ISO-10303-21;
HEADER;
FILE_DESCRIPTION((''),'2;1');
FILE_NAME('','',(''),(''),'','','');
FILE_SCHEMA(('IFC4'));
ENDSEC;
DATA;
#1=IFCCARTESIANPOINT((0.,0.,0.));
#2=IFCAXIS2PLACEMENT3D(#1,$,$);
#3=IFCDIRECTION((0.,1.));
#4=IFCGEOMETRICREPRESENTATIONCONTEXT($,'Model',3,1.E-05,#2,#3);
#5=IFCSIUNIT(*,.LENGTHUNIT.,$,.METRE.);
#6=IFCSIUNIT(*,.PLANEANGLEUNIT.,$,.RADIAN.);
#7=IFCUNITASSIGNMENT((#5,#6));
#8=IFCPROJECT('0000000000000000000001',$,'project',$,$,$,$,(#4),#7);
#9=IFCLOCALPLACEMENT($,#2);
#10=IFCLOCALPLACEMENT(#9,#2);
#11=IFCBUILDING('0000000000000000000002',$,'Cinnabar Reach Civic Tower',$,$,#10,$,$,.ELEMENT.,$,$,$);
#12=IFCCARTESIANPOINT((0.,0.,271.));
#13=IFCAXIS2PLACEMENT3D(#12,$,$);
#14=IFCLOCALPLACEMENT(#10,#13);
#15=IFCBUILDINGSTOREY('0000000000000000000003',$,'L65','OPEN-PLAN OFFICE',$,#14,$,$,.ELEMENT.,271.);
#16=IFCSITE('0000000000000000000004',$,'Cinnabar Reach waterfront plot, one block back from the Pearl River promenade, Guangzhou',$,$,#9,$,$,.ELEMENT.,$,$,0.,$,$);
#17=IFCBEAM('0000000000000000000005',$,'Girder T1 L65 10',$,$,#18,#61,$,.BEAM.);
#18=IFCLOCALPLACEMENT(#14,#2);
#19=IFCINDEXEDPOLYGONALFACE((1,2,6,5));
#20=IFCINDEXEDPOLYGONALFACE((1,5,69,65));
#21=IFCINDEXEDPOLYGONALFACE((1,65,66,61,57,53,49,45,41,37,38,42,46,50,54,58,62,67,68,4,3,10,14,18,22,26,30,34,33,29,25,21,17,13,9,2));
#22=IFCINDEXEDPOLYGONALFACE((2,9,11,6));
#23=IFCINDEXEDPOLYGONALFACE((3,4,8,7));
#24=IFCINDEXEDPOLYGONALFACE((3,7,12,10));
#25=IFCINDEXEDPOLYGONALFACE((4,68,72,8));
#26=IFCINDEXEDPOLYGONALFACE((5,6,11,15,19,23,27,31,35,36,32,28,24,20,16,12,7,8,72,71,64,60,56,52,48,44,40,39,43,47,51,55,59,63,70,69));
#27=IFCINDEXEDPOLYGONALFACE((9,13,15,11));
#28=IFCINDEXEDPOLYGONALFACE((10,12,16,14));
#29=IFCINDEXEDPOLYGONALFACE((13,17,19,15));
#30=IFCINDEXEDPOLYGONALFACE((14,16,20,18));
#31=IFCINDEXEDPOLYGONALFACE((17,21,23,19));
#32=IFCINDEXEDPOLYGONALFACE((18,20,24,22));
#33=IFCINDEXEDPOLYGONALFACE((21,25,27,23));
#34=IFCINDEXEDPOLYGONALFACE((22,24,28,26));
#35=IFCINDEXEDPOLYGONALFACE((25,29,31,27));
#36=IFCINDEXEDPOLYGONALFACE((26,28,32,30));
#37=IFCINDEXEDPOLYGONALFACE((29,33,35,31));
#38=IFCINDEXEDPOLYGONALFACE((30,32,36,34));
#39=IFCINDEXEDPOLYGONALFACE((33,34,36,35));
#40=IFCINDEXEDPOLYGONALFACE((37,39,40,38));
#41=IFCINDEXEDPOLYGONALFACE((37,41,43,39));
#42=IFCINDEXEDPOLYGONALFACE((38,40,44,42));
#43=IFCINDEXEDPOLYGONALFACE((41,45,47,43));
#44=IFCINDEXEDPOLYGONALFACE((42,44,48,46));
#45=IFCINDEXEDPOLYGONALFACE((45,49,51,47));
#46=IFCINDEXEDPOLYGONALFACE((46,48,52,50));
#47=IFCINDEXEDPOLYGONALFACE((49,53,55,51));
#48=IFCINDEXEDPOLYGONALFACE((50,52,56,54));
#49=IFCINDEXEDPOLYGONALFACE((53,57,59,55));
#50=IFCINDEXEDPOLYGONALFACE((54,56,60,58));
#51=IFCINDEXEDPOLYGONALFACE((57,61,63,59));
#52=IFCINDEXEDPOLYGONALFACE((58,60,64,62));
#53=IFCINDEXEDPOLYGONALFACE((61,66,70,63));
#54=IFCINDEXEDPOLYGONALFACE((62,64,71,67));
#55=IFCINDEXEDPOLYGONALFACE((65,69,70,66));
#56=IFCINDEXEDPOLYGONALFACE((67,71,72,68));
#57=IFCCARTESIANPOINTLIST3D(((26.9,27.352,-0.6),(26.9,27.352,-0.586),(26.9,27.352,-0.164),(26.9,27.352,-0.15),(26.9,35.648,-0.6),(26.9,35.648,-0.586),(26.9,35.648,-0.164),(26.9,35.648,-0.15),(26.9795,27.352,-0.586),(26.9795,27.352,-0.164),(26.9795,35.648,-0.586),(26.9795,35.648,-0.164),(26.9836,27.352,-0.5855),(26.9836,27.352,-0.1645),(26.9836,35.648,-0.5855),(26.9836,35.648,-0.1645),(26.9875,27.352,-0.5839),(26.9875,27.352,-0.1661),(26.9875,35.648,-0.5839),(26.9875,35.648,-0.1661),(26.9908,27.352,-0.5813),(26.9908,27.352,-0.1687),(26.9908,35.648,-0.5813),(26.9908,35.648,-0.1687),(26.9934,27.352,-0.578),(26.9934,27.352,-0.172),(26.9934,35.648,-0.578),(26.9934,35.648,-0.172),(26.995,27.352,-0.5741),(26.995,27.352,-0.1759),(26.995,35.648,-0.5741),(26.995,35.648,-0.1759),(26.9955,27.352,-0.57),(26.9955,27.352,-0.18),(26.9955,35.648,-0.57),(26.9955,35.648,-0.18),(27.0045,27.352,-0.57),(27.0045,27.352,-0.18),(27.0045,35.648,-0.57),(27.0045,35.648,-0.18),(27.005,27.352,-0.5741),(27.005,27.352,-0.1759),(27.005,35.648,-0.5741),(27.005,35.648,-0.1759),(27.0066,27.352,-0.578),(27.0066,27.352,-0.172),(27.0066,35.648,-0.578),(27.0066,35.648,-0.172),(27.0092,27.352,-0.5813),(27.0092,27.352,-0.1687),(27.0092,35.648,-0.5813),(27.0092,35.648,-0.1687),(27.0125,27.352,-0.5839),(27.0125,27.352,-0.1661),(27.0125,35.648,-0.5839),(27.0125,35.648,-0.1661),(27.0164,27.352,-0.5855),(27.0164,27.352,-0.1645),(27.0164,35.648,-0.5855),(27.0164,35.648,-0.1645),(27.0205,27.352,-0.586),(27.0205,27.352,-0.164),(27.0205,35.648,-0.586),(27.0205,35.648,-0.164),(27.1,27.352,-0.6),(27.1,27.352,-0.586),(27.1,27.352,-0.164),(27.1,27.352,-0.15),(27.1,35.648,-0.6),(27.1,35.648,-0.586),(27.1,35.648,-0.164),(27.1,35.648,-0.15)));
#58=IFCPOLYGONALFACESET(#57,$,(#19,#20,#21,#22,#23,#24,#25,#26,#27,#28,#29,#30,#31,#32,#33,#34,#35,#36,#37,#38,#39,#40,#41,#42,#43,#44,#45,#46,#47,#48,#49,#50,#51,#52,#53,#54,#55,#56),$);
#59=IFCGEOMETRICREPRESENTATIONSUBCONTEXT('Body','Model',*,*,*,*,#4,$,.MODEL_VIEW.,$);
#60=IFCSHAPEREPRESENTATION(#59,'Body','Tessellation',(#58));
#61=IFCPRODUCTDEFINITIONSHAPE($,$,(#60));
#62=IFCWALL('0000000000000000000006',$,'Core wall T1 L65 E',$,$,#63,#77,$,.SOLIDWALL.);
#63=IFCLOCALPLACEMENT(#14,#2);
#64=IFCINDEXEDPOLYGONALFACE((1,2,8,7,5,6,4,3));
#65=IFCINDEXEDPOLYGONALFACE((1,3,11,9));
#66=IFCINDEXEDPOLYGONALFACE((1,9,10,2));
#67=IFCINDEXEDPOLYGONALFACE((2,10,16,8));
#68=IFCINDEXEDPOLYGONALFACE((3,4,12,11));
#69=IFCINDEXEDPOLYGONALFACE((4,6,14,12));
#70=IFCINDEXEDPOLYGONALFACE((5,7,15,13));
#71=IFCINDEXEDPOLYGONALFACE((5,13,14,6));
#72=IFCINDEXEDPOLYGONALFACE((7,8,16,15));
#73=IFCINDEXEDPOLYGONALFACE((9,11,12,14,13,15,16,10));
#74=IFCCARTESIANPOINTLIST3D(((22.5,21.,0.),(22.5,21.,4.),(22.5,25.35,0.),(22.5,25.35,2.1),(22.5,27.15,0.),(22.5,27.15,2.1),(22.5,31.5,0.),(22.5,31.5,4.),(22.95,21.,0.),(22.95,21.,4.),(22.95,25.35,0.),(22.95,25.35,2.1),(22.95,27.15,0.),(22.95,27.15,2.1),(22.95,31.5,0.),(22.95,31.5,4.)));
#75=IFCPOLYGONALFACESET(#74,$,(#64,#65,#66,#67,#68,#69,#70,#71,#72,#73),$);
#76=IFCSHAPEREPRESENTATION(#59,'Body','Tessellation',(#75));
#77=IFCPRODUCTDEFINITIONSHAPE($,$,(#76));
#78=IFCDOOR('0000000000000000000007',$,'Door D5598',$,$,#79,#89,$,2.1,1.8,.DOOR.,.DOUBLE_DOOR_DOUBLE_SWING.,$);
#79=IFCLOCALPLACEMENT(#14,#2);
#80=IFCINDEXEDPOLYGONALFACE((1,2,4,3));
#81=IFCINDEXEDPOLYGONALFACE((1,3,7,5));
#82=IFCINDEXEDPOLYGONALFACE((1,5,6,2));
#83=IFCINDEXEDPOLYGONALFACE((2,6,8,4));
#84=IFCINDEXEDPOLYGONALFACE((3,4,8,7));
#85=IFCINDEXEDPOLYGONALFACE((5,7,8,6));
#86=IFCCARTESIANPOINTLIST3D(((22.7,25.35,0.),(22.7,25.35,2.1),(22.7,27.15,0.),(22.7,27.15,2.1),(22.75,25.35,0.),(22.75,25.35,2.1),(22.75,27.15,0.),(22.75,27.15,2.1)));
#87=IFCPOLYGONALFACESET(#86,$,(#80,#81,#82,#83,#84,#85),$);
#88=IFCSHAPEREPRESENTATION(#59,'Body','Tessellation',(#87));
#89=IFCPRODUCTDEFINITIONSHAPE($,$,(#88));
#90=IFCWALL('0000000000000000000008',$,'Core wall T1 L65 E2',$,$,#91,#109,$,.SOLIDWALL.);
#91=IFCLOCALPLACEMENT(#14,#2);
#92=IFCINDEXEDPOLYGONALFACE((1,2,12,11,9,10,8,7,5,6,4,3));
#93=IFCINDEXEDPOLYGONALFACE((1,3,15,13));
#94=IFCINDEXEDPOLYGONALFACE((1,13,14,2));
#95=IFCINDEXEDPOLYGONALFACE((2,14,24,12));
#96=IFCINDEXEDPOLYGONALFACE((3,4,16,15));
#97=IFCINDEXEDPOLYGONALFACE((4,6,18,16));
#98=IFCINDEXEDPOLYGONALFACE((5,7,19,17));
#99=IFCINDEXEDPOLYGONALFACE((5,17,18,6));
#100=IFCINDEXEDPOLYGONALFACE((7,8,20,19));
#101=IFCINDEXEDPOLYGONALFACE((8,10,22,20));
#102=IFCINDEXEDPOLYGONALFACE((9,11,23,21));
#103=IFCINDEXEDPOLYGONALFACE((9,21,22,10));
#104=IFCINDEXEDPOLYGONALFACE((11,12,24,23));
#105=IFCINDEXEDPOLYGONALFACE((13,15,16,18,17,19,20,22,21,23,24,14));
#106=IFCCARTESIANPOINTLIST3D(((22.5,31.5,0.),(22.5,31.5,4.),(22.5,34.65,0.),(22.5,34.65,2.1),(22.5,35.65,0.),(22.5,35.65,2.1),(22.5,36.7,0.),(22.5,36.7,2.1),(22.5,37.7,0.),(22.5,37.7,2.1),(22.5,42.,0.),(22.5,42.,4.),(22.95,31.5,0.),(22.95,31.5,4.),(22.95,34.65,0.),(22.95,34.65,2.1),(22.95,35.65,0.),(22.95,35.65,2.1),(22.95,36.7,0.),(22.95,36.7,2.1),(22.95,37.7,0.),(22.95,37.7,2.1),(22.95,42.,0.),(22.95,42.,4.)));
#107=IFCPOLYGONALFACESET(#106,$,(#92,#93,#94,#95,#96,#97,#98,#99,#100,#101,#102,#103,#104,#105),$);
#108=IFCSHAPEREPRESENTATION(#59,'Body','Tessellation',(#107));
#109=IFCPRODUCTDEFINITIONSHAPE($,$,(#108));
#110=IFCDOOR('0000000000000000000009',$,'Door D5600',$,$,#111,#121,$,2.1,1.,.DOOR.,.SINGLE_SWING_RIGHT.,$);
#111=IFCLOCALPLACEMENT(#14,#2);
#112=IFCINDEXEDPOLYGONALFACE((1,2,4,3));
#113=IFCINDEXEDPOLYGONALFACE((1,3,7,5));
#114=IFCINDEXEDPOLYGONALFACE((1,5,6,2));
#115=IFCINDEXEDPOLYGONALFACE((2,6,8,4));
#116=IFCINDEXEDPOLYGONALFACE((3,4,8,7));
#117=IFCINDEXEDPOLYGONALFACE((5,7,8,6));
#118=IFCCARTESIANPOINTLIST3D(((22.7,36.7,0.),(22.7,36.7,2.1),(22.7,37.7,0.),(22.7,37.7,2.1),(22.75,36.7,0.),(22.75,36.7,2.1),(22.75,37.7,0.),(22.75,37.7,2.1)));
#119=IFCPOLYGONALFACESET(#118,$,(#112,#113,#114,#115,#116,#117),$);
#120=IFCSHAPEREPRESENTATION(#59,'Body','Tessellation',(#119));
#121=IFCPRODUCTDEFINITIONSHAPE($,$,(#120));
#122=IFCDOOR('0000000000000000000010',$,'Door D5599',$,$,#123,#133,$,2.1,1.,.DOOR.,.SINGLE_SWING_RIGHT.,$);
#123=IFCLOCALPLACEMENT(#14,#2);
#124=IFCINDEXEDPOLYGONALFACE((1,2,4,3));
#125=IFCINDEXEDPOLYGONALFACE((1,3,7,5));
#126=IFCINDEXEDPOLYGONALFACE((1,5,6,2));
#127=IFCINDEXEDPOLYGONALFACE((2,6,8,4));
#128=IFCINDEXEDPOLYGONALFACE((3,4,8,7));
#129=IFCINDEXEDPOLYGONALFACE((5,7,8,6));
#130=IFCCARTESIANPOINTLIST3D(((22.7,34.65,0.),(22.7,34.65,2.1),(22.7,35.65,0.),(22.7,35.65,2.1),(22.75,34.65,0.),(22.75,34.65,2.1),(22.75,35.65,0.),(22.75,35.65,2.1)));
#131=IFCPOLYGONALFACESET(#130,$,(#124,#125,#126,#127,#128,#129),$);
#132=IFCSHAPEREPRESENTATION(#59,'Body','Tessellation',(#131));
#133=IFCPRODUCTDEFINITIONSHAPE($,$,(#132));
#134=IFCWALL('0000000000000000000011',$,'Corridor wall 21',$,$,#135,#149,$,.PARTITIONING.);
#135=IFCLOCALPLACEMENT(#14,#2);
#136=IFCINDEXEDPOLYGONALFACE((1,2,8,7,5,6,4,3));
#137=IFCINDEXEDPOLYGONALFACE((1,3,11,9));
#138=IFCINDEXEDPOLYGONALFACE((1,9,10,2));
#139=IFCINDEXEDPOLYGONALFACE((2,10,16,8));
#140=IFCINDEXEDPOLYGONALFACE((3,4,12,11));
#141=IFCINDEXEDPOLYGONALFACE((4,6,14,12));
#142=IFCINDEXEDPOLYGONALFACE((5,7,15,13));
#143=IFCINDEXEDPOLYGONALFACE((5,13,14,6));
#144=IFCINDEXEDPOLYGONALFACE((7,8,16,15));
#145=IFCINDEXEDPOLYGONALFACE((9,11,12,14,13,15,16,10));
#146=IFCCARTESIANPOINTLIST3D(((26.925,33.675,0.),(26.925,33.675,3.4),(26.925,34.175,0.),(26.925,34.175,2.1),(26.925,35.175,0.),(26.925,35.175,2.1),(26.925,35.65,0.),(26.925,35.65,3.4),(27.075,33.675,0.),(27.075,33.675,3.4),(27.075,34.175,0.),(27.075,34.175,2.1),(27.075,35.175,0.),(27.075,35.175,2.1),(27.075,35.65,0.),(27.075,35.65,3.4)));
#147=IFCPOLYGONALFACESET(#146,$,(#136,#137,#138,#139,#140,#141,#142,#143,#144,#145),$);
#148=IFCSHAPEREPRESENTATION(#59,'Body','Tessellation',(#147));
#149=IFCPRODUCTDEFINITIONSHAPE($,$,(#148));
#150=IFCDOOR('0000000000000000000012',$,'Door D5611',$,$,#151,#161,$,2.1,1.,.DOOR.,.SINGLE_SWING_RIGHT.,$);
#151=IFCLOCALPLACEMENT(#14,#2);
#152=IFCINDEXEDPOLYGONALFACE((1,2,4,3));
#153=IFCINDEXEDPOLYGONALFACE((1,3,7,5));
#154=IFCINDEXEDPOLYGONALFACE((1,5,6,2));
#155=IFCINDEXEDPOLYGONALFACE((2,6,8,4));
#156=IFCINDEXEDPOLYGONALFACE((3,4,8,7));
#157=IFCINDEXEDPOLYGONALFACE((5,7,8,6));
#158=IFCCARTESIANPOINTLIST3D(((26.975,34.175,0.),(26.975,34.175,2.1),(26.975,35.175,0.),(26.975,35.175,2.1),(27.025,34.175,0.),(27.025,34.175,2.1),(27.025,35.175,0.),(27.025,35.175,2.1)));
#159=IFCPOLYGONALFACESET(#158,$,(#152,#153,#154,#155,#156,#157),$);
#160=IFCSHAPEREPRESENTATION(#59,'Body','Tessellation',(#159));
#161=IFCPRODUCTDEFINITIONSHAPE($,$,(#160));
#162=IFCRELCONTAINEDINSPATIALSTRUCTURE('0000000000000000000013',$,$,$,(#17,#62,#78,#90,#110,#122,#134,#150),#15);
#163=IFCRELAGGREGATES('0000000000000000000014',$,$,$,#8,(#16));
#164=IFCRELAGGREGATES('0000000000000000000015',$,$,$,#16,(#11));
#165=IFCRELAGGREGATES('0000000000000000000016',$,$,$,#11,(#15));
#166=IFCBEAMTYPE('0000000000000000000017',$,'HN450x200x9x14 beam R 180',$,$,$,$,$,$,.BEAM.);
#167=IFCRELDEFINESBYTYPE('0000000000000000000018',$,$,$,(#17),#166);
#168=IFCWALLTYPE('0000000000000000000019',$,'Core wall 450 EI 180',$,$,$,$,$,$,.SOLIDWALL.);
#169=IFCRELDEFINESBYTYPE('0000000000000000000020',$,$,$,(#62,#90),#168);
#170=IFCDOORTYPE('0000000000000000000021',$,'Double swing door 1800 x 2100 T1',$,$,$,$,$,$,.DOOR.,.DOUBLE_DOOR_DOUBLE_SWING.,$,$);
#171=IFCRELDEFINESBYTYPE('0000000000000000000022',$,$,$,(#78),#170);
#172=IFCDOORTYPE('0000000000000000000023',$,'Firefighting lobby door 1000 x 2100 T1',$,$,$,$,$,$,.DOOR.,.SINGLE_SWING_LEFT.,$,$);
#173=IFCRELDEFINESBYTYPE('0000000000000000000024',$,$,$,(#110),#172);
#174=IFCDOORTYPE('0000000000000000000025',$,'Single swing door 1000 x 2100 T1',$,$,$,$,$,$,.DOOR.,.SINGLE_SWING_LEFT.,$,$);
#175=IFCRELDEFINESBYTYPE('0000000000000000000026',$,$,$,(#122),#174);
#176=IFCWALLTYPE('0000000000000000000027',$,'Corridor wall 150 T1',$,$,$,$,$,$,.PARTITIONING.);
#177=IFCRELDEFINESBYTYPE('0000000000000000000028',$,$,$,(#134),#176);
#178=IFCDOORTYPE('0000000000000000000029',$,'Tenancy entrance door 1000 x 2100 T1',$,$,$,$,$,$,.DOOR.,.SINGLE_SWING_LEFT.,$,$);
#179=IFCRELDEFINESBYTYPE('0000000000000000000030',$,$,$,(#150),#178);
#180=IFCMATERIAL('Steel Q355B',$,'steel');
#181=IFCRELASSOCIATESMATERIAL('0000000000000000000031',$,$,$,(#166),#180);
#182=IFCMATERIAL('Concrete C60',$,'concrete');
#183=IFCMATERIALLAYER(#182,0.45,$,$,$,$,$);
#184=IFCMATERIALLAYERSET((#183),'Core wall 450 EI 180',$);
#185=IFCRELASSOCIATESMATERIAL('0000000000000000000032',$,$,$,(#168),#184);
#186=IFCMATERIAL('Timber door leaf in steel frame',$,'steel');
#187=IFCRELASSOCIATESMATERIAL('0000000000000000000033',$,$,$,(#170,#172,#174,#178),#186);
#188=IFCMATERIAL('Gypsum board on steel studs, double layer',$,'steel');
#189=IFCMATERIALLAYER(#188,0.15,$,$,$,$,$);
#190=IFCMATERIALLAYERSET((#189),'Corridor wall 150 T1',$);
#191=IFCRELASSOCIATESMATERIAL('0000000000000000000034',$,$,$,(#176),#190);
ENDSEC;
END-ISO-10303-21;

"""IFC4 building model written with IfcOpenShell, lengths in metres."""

from ifc_helpers import new_model, si_unit, direction, frame, frame_2d, origin, origin_2d, place, context, subcontext, project, spatial, rectangle, i_section, extrude, material, layer, layer_set, material_profile, profile_set, type_object, element, fill, save


model = new_model("IFC4")

# Units and contexts
model_context = context("Model", 3, precision=1e-05, world=origin(), true_north=direction((0.0, 1.0)))
body_context = subcontext(model_context, "Body", "Model", "MODEL_VIEW")
ifc_project = project(units=[si_unit("LENGTHUNIT", "METRE"), si_unit("PLANEANGLEUNIT", "RADIAN")], contexts=[model_context])

# Site, building, storey
site_placement = place(None, origin())
site = spatial("IfcSite", under=ifc_project, at=site_placement, Name="Cinnabar Reach waterfront plot, one block back from the Pearl River promenade, Guangzhou", CompositionType="ELEMENT", RefElevation=0.0)
building_placement = place(site_placement, origin())
building = spatial("IfcBuilding", under=site, at=building_placement, Name="Cinnabar Reach Civic Tower", CompositionType="ELEMENT")
storey_placement = place(building_placement, frame((0.0, 0.0, 271.0)))
storey = spatial("IfcBuildingStorey", under=building, at=storey_placement, Name="L65", Description="OPEN-PLAN OFFICE", CompositionType="ELEMENT", Elevation=271.0)

# Shared definitions
ifc_material_1 = material(Name="Concrete C60", Category="concrete")

# Beam
ifc_material_2 = material(Name="Steel Q355B", Category="steel")
ifc_material_profile_1 = material_profile(ifc_material_2, i_section(OverallWidth=0.2, OverallDepth=0.45, WebThickness=0.009, FlangeThickness=0.014, FilletRadius=0.016, at=origin_2d()), Name="HN450x200x9x14")
ifc_profile_set_1 = profile_set([ifc_material_profile_1], Name="Steel Q355B")
beam_type_1 = type_object("IfcBeamType", Name="HN450x200x9x14 beam R 180", PredefinedType="BEAM", material=ifc_profile_set_1)
beam_1_placement = place(storey_placement, frame((27.0, 27.352, -0.375), z_axis=(0.0, 1.0, 0.0), x_axis=(-1.0, 0.0, 0.0)))
element("IfcBeam", 1, at=beam_1_placement, inside=storey, type_object=beam_type_1, Name="Girder T1 L65 10", PredefinedType="BEAM", context=body_context, shape_type="SweptSolid", body=[
    extrude(i_section(OverallWidth=0.2, OverallDepth=0.45, WebThickness=0.009, FlangeThickness=0.014, FilletRadius=0.016, at=origin_2d()), origin(), (0.0, 0.0, 1.0), 8.296),
])

# Wall, opening, door
ifc_layer_1 = layer(ifc_material_1, 0.45)
ifc_layer_set_1 = layer_set([ifc_layer_1], Name="Core wall 450 EI 180")
wall_type_1 = type_object("IfcWallType", Name="Core wall 450 EI 180", PredefinedType="SOLIDWALL", material=ifc_layer_set_1)
wall_1_placement = place(storey_placement, frame((22.725, 21.0, 0.0), z_axis=(0.0, 0.0, 1.0), x_axis=(0.0, 1.0, 0.0)))
wall_1 = element("IfcWall", 2, at=wall_1_placement, inside=storey, type_object=wall_type_1, Name="Core wall T1 L65 E", PredefinedType="SOLIDWALL", context=body_context, shape_type="SweptSolid", body=[
    extrude(rectangle(XDim=10.5, YDim=0.45, at=frame_2d((5.25, 0.0))), origin(), (0.0, 0.0, 1.0), 4.0),
])
opening_1_placement = place(wall_1_placement, frame((4.35, 0.0, 0.0)))
opening_1 = element("IfcOpeningElement", 3, at=opening_1_placement, cuts=wall_1, PredefinedType="OPENING", context=body_context, shape_type="SweptSolid", body=[
    extrude(rectangle(XDim=1.8, YDim=2.1, at=frame_2d((0.9, 1.05))), frame((0.0, 0.235, 0.0), z_axis=(0.0, -1.0, 0.0), x_axis=(1.0, 0.0, 0.0)), (0.0, 0.0, 1.0), 0.47),
])
ifc_material_3 = material(Name="Timber door leaf in steel frame", Category="steel")
door_type_1 = type_object("IfcDoorType", Name="Double swing door 1800 x 2100 T1", OperationType="DOUBLE_DOOR_DOUBLE_SWING", PredefinedType="DOOR", material=ifc_material_3)
door_1_placement = place(opening_1_placement, origin())
door_1 = element("IfcDoor", 4, at=door_1_placement, inside=storey, type_object=door_type_1, Name="Door D5598", OperationType="DOUBLE_DOOR_DOUBLE_SWING", OverallHeight=2.1, OverallWidth=1.8, PredefinedType="DOOR", context=body_context, shape_type="SweptSolid", body=[
    extrude(rectangle(XDim=1.8, YDim=2.1, at=frame_2d((0.9, 1.05))), frame((0.0, 0.025, 0.0), z_axis=(0.0, -1.0, 0.0), x_axis=(1.0, 0.0, 0.0)), (0.0, 0.0, 1.0), 0.05),
])
fill(opening_1, door_1)

# Wall, openings, doors
wall_2_placement = place(storey_placement, frame((22.725, 31.5, 0.0), z_axis=(0.0, 0.0, 1.0), x_axis=(0.0, 1.0, 0.0)))
wall_2 = element("IfcWall", 5, at=wall_2_placement, inside=storey, type_object=wall_type_1, Name="Core wall T1 L65 E2", PredefinedType="SOLIDWALL", context=body_context, shape_type="SweptSolid", body=[
    extrude(rectangle(XDim=10.5, YDim=0.45, at=frame_2d((5.25, 0.0))), origin(), (0.0, 0.0, 1.0), 4.0),
])
opening_2_placement = place(wall_2_placement, frame((3.15, 0.0, 0.0)))
opening_2 = element("IfcOpeningElement", 6, at=opening_2_placement, cuts=wall_2, PredefinedType="OPENING", context=body_context, shape_type="SweptSolid", body=[
    extrude(rectangle(XDim=1.0, YDim=2.1, at=frame_2d((0.5, 1.05))), frame((0.0, 0.235, 0.0), z_axis=(0.0, -1.0, 0.0), x_axis=(1.0, 0.0, 0.0)), (0.0, 0.0, 1.0), 0.47),
])
opening_3_placement = place(wall_2_placement, frame((5.2, 0.0, 0.0)))
opening_3 = element("IfcOpeningElement", 7, at=opening_3_placement, cuts=wall_2, PredefinedType="OPENING", context=body_context, shape_type="SweptSolid", body=[
    extrude(rectangle(XDim=1.0, YDim=2.1, at=frame_2d((0.5, 1.05))), frame((0.0, 0.235, 0.0), z_axis=(0.0, -1.0, 0.0), x_axis=(1.0, 0.0, 0.0)), (0.0, 0.0, 1.0), 0.47),
])
door_type_2 = type_object("IfcDoorType", Name="Firefighting lobby door 1000 x 2100 T1", OperationType="SINGLE_SWING_LEFT", PredefinedType="DOOR", material=ifc_material_3)
door_2_placement = place(opening_3_placement, origin())
door_2 = element("IfcDoor", 8, at=door_2_placement, inside=storey, type_object=door_type_2, Name="Door D5600", OperationType="SINGLE_SWING_RIGHT", OverallHeight=2.1, OverallWidth=1.0, PredefinedType="DOOR", context=body_context, shape_type="SweptSolid", body=[
    extrude(rectangle(XDim=1.0, YDim=2.1, at=frame_2d((0.5, 1.05))), frame((0.0, 0.025, 0.0), z_axis=(0.0, -1.0, 0.0), x_axis=(1.0, 0.0, 0.0)), (0.0, 0.0, 1.0), 0.05),
])
fill(opening_3, door_2)
door_type_3 = type_object("IfcDoorType", Name="Single swing door 1000 x 2100 T1", OperationType="SINGLE_SWING_LEFT", PredefinedType="DOOR", material=ifc_material_3)
door_3_placement = place(opening_2_placement, origin())
door_3 = element("IfcDoor", 9, at=door_3_placement, inside=storey, type_object=door_type_3, Name="Door D5599", OperationType="SINGLE_SWING_RIGHT", OverallHeight=2.1, OverallWidth=1.0, PredefinedType="DOOR", context=body_context, shape_type="SweptSolid", body=[
    extrude(rectangle(XDim=1.0, YDim=2.1, at=frame_2d((0.5, 1.05))), frame((0.0, 0.025, 0.0), z_axis=(0.0, -1.0, 0.0), x_axis=(1.0, 0.0, 0.0)), (0.0, 0.0, 1.0), 0.05),
])
fill(opening_2, door_3)

# Wall, opening, door
ifc_material_4 = material(Name="Gypsum board on steel studs, double layer", Category="steel")
ifc_layer_2 = layer(ifc_material_4, 0.15)
ifc_layer_set_2 = layer_set([ifc_layer_2], Name="Corridor wall 150 T1")
wall_type_2 = type_object("IfcWallType", Name="Corridor wall 150 T1", PredefinedType="PARTITIONING", material=ifc_layer_set_2)
wall_3_placement = place(storey_placement, frame((27.0, 33.675, 0.0), z_axis=(0.0, 0.0, 1.0), x_axis=(0.0, 1.0, 0.0)))
wall_3 = element("IfcWall", 10, at=wall_3_placement, inside=storey, type_object=wall_type_2, Name="Corridor wall 21", PredefinedType="PARTITIONING", context=body_context, shape_type="SweptSolid", body=[
    extrude(rectangle(XDim=1.975, YDim=0.15, at=frame_2d((0.9875, 0.0))), origin(), (0.0, 0.0, 1.0), 3.4),
])
opening_4_placement = place(wall_3_placement, frame((0.5, 0.0, 0.0)))
opening_4 = element("IfcOpeningElement", 11, at=opening_4_placement, cuts=wall_3, PredefinedType="OPENING", context=body_context, shape_type="SweptSolid", body=[
    extrude(rectangle(XDim=1.0, YDim=2.1, at=frame_2d((0.5, 1.05))), frame((0.0, 0.085, 0.0), z_axis=(0.0, -1.0, 0.0), x_axis=(1.0, 0.0, 0.0)), (0.0, 0.0, 1.0), 0.17),
])
door_type_4 = type_object("IfcDoorType", Name="Tenancy entrance door 1000 x 2100 T1", OperationType="SINGLE_SWING_LEFT", PredefinedType="DOOR", material=ifc_material_3)
door_4_placement = place(opening_4_placement, frame((1.0, 0.0, 0.0), z_axis=(0.0, 0.0, 1.0), x_axis=(-1.0, 0.0, 0.0)))
door_4 = element("IfcDoor", 12, at=door_4_placement, inside=storey, type_object=door_type_4, Name="Door D5611", OperationType="SINGLE_SWING_RIGHT", OverallHeight=2.1, OverallWidth=1.0, PredefinedType="DOOR", context=body_context, shape_type="SweptSolid", body=[
    extrude(rectangle(XDim=1.0, YDim=2.1, at=frame_2d((0.5, 1.05))), frame((0.0, 0.025, 0.0), z_axis=(0.0, -1.0, 0.0), x_axis=(1.0, 0.0, 0.0)), (0.0, 0.0, 1.0), 0.05),
])
fill(opening_4, door_4)

save(model, "model.ifc")
